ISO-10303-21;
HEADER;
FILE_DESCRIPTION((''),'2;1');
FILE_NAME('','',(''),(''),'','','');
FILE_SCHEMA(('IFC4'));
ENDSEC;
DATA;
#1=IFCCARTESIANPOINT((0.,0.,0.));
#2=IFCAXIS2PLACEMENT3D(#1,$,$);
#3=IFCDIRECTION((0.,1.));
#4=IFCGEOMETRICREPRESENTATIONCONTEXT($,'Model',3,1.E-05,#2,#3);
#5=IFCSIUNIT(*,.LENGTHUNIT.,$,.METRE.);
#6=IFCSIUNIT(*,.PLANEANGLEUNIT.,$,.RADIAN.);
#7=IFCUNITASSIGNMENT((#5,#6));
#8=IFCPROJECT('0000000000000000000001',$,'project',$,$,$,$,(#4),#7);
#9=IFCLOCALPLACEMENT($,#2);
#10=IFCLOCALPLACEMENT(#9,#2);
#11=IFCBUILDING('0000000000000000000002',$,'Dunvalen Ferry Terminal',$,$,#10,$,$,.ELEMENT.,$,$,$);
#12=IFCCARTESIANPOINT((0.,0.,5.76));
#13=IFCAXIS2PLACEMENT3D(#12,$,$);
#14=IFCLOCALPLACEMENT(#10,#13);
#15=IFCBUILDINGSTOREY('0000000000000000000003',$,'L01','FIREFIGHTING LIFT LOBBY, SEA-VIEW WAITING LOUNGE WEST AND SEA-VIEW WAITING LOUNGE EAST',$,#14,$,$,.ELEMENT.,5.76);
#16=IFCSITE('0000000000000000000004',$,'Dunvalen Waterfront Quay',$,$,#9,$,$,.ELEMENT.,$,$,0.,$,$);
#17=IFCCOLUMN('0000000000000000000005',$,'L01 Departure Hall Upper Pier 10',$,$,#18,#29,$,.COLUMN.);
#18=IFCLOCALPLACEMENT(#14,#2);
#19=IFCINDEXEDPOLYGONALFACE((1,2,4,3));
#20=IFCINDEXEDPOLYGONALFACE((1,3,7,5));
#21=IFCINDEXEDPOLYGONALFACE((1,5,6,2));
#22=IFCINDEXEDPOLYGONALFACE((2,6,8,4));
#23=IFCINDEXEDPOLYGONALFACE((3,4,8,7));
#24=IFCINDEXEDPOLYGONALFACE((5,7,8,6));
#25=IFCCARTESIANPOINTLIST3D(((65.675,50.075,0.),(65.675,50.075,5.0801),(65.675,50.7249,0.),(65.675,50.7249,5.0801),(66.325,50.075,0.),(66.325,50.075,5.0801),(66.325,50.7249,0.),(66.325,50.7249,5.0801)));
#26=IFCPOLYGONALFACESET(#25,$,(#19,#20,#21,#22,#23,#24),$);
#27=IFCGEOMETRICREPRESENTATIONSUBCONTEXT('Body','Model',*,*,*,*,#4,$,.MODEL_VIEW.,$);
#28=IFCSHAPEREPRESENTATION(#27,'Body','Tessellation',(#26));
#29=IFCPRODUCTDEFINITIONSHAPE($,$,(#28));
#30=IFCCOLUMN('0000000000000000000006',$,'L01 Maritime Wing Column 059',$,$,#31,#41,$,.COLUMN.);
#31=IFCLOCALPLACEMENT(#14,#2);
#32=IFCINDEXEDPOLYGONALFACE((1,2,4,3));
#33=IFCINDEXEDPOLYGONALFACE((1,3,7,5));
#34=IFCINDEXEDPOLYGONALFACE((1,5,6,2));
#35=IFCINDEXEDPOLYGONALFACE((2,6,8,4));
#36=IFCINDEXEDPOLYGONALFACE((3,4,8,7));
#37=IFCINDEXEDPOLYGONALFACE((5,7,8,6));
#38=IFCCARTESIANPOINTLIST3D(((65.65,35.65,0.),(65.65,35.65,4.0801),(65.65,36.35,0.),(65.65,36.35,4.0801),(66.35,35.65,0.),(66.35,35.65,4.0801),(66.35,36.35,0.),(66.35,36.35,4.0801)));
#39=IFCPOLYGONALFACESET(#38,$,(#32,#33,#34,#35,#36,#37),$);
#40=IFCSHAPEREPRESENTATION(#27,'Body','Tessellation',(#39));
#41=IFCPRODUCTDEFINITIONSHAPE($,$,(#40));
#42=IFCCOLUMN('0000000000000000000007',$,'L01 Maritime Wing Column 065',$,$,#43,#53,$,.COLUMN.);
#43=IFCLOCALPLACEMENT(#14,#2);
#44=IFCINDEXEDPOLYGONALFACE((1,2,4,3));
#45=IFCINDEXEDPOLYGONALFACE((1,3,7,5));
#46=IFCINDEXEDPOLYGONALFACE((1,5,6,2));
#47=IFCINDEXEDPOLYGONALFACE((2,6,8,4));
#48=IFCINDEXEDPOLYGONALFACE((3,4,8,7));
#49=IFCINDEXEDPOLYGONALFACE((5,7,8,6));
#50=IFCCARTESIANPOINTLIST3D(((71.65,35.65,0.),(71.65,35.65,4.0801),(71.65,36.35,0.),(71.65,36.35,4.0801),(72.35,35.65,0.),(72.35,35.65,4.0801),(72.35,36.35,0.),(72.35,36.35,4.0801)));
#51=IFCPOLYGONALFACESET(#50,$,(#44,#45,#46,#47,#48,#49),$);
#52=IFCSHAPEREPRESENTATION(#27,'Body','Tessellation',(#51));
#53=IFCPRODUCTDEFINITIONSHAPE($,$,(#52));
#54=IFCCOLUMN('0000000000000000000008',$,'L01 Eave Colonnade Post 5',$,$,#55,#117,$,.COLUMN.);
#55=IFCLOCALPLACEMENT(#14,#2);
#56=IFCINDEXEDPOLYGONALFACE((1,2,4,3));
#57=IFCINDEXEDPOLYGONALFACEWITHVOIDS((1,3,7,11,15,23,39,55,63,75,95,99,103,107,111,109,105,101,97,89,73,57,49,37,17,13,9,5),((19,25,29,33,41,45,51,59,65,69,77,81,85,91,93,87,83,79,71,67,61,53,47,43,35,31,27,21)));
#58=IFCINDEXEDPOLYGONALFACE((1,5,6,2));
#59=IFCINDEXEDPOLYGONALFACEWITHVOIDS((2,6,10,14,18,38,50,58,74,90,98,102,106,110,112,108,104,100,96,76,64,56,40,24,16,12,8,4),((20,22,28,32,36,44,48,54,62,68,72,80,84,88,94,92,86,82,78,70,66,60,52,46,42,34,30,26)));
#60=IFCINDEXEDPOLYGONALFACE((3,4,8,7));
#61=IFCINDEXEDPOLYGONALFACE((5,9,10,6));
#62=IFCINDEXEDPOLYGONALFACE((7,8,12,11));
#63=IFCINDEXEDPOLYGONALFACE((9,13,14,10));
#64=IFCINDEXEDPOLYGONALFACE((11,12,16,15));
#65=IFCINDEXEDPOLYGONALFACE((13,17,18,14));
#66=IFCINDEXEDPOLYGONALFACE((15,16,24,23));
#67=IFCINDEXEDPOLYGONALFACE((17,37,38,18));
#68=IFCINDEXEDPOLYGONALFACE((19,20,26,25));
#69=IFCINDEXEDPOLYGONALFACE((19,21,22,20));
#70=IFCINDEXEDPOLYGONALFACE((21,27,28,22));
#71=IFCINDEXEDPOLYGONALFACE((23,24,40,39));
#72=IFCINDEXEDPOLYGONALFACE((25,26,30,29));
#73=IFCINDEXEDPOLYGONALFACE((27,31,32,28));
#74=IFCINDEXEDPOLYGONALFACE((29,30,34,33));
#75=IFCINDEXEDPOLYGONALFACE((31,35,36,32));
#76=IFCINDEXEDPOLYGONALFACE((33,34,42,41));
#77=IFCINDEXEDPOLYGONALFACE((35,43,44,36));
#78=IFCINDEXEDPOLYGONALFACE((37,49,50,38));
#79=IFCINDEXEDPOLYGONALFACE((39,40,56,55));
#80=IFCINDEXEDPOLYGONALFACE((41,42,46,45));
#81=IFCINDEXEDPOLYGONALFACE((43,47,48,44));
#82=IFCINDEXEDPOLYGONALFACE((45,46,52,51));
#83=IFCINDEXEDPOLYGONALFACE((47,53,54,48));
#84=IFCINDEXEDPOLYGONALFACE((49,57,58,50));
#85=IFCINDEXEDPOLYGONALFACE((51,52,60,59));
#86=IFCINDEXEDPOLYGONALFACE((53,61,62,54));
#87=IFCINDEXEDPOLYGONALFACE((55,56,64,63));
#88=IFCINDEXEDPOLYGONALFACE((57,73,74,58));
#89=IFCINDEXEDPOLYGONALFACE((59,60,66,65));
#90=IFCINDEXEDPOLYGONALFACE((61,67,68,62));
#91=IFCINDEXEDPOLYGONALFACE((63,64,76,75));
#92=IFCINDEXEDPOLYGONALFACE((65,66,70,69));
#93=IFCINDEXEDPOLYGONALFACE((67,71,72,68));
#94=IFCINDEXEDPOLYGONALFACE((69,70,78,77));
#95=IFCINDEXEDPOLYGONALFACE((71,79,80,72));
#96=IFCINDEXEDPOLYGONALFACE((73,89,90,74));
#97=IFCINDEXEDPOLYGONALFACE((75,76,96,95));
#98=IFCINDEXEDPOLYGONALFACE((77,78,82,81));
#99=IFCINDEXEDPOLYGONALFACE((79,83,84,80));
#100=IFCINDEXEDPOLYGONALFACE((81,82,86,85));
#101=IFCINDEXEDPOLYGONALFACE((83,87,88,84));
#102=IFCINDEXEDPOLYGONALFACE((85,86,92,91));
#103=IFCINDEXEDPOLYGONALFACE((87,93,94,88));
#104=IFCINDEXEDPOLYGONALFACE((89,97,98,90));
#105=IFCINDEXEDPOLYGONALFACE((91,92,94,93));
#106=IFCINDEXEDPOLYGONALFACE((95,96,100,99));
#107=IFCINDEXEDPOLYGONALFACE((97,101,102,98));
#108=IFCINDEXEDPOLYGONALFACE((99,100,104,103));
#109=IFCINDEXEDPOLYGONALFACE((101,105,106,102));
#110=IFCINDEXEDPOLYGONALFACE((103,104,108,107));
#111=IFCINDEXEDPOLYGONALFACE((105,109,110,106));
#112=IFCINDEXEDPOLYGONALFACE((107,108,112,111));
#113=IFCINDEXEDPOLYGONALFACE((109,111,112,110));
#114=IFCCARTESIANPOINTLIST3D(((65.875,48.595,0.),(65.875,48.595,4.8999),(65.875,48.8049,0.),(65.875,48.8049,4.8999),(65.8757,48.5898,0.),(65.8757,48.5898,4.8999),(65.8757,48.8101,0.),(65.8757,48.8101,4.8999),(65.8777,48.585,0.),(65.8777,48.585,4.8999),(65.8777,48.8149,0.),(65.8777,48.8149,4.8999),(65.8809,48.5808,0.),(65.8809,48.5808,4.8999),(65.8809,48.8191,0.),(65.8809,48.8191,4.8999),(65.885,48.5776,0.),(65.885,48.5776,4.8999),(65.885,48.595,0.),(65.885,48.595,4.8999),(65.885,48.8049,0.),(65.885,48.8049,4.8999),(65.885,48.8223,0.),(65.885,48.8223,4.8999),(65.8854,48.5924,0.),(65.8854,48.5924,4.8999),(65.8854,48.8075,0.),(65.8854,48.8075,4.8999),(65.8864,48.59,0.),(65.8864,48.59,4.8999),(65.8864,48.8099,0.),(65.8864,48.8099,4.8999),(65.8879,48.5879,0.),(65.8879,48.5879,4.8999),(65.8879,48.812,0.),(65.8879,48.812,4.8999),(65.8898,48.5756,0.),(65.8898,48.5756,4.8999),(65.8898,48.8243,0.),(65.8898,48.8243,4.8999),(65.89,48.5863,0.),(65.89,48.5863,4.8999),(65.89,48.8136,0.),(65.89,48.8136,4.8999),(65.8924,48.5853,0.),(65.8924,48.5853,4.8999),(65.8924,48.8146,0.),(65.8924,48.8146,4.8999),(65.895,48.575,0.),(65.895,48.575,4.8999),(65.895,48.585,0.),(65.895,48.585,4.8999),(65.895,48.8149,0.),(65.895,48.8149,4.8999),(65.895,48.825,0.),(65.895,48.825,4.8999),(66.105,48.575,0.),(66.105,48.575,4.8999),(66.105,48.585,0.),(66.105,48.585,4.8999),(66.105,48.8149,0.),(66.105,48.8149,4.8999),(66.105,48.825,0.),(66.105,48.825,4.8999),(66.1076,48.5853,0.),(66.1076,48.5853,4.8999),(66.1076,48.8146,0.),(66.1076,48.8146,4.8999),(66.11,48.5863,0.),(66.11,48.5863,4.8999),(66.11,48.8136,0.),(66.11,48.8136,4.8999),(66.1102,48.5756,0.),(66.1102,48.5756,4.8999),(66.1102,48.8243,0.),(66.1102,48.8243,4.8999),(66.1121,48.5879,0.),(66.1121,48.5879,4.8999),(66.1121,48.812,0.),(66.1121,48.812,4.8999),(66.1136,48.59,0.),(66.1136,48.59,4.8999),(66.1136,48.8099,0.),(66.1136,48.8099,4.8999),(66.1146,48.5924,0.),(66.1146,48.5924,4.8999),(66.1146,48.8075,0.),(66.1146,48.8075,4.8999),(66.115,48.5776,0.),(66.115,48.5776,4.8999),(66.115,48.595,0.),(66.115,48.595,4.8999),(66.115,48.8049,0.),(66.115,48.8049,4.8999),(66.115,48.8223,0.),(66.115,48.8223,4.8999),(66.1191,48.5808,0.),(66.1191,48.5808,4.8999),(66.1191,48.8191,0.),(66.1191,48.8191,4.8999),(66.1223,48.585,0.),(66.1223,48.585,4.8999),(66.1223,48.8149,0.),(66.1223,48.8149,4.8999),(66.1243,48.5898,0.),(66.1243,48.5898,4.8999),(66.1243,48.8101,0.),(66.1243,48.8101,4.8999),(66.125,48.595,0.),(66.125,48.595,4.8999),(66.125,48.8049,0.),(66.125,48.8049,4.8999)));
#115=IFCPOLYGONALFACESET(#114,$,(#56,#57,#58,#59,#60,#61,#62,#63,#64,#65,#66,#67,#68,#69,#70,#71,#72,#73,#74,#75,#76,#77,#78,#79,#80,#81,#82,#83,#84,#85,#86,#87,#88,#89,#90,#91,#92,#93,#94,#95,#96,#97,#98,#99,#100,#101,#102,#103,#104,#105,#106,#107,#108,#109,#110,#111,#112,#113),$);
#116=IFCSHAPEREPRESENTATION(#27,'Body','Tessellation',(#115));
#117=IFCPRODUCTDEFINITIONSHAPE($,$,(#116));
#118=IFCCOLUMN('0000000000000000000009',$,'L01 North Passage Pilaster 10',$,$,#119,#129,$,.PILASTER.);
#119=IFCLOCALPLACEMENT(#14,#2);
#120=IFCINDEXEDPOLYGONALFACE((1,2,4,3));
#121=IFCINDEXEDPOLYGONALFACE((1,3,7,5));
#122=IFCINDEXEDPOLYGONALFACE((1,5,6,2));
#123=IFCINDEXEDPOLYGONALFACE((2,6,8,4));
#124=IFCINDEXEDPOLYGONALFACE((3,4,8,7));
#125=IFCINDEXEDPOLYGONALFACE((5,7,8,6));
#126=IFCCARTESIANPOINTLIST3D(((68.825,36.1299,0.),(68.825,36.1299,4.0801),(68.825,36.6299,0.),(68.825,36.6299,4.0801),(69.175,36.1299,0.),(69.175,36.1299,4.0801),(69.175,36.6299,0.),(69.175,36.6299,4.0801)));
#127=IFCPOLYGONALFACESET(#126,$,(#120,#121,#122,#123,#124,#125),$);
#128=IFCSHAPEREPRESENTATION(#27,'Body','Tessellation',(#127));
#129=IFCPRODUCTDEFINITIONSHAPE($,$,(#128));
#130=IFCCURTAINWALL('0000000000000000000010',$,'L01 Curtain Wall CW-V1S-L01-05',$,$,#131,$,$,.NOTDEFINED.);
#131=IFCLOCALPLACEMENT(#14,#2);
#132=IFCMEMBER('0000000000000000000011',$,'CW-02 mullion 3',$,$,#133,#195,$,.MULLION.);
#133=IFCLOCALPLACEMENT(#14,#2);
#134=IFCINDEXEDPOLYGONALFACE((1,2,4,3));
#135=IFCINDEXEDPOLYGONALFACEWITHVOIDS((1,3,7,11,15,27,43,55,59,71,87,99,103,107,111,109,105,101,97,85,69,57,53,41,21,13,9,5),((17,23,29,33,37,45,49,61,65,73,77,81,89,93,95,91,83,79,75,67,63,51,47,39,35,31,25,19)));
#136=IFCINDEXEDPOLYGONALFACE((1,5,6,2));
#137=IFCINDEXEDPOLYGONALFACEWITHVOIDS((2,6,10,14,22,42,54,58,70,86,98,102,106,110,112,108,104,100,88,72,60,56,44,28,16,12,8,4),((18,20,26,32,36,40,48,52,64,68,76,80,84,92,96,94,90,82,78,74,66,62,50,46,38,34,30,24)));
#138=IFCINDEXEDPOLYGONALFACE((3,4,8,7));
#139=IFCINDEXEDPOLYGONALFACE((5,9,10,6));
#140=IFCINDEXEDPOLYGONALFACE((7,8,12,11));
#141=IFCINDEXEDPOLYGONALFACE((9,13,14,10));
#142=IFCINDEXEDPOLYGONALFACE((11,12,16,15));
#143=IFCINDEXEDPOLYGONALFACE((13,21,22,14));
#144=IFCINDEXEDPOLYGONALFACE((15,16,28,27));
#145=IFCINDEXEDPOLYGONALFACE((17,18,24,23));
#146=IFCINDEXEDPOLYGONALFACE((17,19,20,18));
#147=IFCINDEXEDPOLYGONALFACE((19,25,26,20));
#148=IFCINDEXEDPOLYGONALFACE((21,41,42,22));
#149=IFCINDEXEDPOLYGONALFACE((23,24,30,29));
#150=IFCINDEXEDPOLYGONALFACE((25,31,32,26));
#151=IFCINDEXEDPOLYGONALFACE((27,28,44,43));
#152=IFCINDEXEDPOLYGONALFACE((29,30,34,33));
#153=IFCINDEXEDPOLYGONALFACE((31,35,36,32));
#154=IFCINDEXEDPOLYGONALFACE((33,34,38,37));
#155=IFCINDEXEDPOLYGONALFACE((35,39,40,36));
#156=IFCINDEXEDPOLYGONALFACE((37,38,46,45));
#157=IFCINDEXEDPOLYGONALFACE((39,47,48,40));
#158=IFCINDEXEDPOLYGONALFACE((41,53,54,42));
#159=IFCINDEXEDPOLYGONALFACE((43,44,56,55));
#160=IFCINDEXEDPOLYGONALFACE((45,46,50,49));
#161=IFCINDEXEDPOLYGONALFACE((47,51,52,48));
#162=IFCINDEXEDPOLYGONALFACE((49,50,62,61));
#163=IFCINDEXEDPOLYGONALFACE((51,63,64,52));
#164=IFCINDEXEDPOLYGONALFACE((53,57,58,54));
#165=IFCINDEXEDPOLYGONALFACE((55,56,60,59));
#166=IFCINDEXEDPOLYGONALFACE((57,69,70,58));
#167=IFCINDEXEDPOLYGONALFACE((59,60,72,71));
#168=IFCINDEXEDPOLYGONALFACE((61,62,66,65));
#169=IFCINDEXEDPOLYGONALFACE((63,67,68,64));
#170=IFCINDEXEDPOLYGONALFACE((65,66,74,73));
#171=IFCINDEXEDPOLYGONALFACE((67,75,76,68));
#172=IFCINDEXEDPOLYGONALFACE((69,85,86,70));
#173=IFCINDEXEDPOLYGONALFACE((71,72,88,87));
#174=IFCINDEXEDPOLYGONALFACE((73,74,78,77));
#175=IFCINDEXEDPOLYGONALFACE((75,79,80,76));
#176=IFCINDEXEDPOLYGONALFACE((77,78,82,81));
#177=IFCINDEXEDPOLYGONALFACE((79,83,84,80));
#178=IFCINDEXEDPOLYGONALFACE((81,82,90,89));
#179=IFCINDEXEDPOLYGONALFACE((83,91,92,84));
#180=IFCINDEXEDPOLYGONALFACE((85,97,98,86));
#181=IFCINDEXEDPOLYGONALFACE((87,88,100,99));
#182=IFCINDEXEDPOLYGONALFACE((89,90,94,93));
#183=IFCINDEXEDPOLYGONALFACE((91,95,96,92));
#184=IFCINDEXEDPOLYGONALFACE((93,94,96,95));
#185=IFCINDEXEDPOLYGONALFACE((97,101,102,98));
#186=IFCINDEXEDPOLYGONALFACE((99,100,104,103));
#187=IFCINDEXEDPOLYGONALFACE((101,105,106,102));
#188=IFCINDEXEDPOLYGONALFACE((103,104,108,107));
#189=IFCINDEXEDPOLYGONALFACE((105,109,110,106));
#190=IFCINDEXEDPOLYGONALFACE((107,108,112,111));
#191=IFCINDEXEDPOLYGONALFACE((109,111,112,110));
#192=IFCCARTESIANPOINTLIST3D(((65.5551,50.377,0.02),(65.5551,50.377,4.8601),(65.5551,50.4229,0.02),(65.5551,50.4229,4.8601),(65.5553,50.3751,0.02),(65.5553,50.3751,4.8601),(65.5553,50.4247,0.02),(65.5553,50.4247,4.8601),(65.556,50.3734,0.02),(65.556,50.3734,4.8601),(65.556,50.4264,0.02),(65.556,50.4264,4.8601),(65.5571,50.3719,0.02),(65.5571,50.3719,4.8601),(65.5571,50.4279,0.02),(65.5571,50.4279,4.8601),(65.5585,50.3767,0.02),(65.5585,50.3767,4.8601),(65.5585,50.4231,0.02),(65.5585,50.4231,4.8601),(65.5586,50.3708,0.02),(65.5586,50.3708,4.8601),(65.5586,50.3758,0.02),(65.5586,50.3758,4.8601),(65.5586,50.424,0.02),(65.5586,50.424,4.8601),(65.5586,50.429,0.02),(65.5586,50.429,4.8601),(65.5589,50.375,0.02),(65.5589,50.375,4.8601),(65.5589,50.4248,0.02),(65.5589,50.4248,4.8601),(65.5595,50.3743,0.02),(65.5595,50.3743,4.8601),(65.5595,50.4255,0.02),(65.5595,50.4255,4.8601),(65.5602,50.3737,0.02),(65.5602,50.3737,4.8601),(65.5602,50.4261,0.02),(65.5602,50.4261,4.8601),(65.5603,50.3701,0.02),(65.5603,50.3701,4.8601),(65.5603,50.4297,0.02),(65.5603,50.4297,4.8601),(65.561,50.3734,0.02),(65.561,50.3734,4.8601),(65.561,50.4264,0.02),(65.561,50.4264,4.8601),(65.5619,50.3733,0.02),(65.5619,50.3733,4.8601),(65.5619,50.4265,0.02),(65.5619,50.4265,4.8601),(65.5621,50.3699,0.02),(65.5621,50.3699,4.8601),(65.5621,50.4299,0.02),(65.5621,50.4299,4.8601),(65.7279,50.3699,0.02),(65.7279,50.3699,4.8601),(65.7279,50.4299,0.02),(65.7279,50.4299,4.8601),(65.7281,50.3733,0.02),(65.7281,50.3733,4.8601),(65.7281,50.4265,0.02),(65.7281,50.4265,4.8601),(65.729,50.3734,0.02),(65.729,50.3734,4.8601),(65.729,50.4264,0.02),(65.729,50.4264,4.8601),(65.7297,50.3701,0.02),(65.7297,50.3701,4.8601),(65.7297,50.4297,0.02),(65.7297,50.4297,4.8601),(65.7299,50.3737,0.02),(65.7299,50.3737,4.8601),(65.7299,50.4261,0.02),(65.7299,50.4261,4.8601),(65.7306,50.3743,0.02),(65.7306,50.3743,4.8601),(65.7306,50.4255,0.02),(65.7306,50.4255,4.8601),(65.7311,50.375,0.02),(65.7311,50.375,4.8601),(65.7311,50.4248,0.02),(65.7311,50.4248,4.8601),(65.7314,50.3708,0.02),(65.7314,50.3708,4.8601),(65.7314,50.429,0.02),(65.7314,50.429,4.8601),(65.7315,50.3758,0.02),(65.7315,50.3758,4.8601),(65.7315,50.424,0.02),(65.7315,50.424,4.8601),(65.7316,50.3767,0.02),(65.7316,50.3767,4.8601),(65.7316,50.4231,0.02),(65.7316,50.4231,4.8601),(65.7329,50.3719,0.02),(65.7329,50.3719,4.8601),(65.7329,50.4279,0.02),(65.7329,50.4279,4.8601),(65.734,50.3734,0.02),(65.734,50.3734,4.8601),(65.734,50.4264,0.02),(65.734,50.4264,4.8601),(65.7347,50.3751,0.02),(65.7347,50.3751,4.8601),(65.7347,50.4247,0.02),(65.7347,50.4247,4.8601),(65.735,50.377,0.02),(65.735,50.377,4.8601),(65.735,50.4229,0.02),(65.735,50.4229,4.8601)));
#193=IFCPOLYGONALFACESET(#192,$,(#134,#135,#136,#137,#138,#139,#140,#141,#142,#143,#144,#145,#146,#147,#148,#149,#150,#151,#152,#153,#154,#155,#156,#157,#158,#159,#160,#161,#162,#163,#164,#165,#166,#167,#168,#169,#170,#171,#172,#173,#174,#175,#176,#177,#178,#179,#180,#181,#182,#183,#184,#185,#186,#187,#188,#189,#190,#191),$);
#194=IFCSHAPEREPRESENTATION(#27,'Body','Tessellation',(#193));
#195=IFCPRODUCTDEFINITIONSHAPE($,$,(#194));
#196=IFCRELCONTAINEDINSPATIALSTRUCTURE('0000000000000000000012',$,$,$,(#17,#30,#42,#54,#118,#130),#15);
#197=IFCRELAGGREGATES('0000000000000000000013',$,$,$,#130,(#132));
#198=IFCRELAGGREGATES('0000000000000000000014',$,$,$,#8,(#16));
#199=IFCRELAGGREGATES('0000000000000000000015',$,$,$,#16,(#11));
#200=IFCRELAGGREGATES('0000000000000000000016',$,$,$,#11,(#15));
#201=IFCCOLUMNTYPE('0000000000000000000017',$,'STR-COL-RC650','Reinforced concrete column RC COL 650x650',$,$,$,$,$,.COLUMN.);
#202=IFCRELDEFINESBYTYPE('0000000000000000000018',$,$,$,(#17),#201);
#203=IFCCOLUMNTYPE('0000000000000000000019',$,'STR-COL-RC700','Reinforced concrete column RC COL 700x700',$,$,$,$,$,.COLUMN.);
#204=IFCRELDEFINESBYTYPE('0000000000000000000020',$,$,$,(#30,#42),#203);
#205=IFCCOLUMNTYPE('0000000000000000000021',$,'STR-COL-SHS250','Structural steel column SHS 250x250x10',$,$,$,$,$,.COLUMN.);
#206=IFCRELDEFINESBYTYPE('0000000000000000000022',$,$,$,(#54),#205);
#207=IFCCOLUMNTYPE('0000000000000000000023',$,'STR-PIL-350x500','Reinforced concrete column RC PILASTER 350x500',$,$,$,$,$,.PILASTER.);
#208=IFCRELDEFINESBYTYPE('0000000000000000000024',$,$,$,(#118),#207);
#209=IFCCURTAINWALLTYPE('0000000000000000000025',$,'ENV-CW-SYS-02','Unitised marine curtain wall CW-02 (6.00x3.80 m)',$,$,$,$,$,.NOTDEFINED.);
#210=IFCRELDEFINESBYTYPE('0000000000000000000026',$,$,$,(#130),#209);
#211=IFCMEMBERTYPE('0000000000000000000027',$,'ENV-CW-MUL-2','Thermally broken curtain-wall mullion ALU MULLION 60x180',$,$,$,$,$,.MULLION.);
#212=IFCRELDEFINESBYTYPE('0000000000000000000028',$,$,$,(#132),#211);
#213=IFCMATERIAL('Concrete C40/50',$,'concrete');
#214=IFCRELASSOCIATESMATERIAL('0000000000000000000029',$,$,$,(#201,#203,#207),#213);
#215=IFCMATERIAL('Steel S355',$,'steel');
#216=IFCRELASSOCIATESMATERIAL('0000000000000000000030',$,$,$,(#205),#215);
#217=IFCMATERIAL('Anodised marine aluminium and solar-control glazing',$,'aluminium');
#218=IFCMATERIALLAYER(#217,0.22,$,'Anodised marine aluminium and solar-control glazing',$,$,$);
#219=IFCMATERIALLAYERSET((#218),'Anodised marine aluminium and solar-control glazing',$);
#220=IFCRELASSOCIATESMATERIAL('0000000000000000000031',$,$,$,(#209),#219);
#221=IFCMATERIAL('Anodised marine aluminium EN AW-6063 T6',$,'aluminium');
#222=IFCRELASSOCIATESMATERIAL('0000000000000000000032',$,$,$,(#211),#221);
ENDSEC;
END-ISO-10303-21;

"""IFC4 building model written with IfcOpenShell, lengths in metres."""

from ifc_helpers import new_model, si_unit, direction, frame, origin, origin_2d, place, context, subcontext, project, spatial, rectangle, hollow_rectangle, extrude, material, layer, layer_set, material_profile, profile_set, type_object, element, aggregate, save


model = new_model("IFC4")

# Units and contexts
model_context = context("Model", 3, precision=1e-05, world=origin(), true_north=direction((0.0, 1.0)))
body_context = subcontext(model_context, "Body", "Model", "MODEL_VIEW")
ifc_project = project(units=[si_unit("LENGTHUNIT", "METRE"), si_unit("PLANEANGLEUNIT", "RADIAN")], contexts=[model_context])

# Site, building, storey
site_placement = place(None, origin())
site = spatial("IfcSite", under=ifc_project, at=site_placement, Name="Dunvalen Waterfront Quay", CompositionType="ELEMENT", RefElevation=0.0)
building_placement = place(site_placement, origin())
building = spatial("IfcBuilding", under=site, at=building_placement, Name="Dunvalen Ferry Terminal", CompositionType="ELEMENT")
storey_placement = place(building_placement, frame((0.0, 0.0, 5.76)))
storey = spatial("IfcBuildingStorey", under=building, at=storey_placement, Name="L01", Description="FIREFIGHTING LIFT LOBBY, SEA-VIEW WAITING LOUNGE WEST AND SEA-VIEW WAITING LOUNGE EAST", CompositionType="ELEMENT", Elevation=5.76)

# Columns
ifc_material_1 = material(Name="Concrete C40/50", Category="concrete")
ifc_material_profile_1 = material_profile(ifc_material_1, rectangle(XDim=0.6499, YDim=0.6499, at=origin_2d()), Name="Concrete C40/50")
ifc_profile_set_1 = profile_set([ifc_material_profile_1], Name="Concrete C40/50")
column_type_1 = type_object("IfcColumnType", Name="STR-COL-RC650", Description="Reinforced concrete column RC COL 650x650", PredefinedType="COLUMN", material=ifc_profile_set_1)
column_1_placement = place(storey_placement, frame((66.0, 50.3999, 0.0), z_axis=(0.0, 0.0, 1.0), x_axis=(1.0, 0.0, 0.0)))
element("IfcColumn", 1, at=column_1_placement, inside=storey, type_object=column_type_1, Name="L01 Departure Hall Upper Pier 10", PredefinedType="COLUMN", context=body_context, shape_type="SweptSolid", body=[
    extrude(rectangle(XDim=0.6499, YDim=0.6499, at=origin_2d()), origin(), (0.0, 0.0, 1.0), 5.0801),
])
ifc_material_profile_2 = material_profile(ifc_material_1, rectangle(XDim=0.7, YDim=0.7, at=origin_2d()), Name="Concrete C40/50")
ifc_profile_set_2 = profile_set([ifc_material_profile_2], Name="Concrete C40/50")
column_type_2 = type_object("IfcColumnType", Name="STR-COL-RC700", Description="Reinforced concrete column RC COL 700x700", PredefinedType="COLUMN", material=ifc_profile_set_2)
for number, where, z_axis, x_axis, name in (
    (2, (66.0, 36.0, 0.0), (0.0, 0.0, 1.0), (1.0, 0.0, 0.0), "L01 Maritime Wing Column 059"),
    (3, (72.0, 36.0, 0.0), (0.0, 0.0, 1.0), (1.0, 0.0, 0.0), "L01 Maritime Wing Column 065"),
):
    element("IfcColumn", number, at=place(storey_placement, frame(where, z_axis=z_axis, x_axis=x_axis)), inside=storey, type_object=column_type_2, Name=name, PredefinedType="COLUMN", context=body_context, shape_type="SweptSolid", body=[
        extrude(rectangle(XDim=0.7, YDim=0.7, at=origin_2d()), origin(), (0.0, 0.0, 1.0), 4.0801),
    ])
ifc_material_2 = material(Name="Steel S355", Category="steel")
ifc_material_profile_3 = material_profile(ifc_material_2, hollow_rectangle(XDim=0.25, YDim=0.25, WallThickness=0.01, InnerFilletRadius=0.01, OuterFilletRadius=0.02, at=origin_2d()), Name="Steel S355")
ifc_profile_set_3 = profile_set([ifc_material_profile_3], Name="Steel S355")
column_type_3 = type_object("IfcColumnType", Name="STR-COL-SHS250", Description="Structural steel column SHS 250x250x10", PredefinedType="COLUMN", material=ifc_profile_set_3)
column_2_placement = place(storey_placement, frame((66.0, 48.7, 0.0), z_axis=(0.0, 0.0, 1.0), x_axis=(1.0, 0.0, 0.0)))
element("IfcColumn", 4, at=column_2_placement, inside=storey, type_object=column_type_3, Name="L01 Eave Colonnade Post 5", PredefinedType="COLUMN", context=body_context, shape_type="SweptSolid", body=[
    extrude(hollow_rectangle(XDim=0.25, YDim=0.25, WallThickness=0.01, InnerFilletRadius=0.01, OuterFilletRadius=0.02, at=origin_2d()), origin(), (0.0, 0.0, 1.0), 4.8999),
])
ifc_material_profile_4 = material_profile(ifc_material_1, rectangle(XDim=0.3501, YDim=0.5, at=origin_2d()), Name="Concrete C40/50")
ifc_profile_set_4 = profile_set([ifc_material_profile_4], Name="Concrete C40/50")
column_type_4 = type_object("IfcColumnType", Name="STR-PIL-350x500", Description="Reinforced concrete column RC PILASTER 350x500", PredefinedType="PILASTER", material=ifc_profile_set_4)
column_3_placement = place(storey_placement, frame((69.0, 36.3799, 0.0), z_axis=(0.0, 0.0, 1.0), x_axis=(1.0, 0.0, 0.0)))
element("IfcColumn", 5, at=column_3_placement, inside=storey, type_object=column_type_4, Name="L01 North Passage Pilaster 10", PredefinedType="PILASTER", context=body_context, shape_type="SweptSolid", body=[
    extrude(rectangle(XDim=0.3501, YDim=0.5, at=origin_2d()), origin(), (0.0, 0.0, 1.0), 4.0801),
])

# Curtain wall, member
ifc_material_3 = material(Name="Anodised marine aluminium and solar-control glazing", Category="aluminium")
ifc_layer_1 = layer(ifc_material_3, 0.22, Name="Anodised marine aluminium and solar-control glazing")
ifc_layer_set_1 = layer_set([ifc_layer_1], Name="Anodised marine aluminium and solar-control glazing")
curtain_wall_type = type_object("IfcCurtainWallType", Name="ENV-CW-SYS-02", Description="Unitised marine curtain wall CW-02 (6.00x3.80 m)", PredefinedType="NOTDEFINED", material=ifc_layer_set_1)
curtain_wall_1_placement = place(storey_placement, origin())
curtain_wall_1 = element("IfcCurtainWall", 6, at=curtain_wall_1_placement, inside=storey, type_object=curtain_wall_type, Name="L01 Curtain Wall CW-V1S-L01-05", PredefinedType="NOTDEFINED")
ifc_material_4 = material(Name="Anodised marine aluminium EN AW-6063 T6", Category="aluminium")
ifc_material_profile_5 = material_profile(ifc_material_4, hollow_rectangle(XDim=0.0601, YDim=0.1799, WallThickness=0.0034, InnerFilletRadius=0.0034, OuterFilletRadius=0.0071, at=origin_2d()), Name="Anodised marine aluminium EN AW-6063 T6")
ifc_profile_set_5 = profile_set([ifc_material_profile_5], Name="Anodised marine aluminium EN AW-6063 T6")
member_type_1 = type_object("IfcMemberType", Name="ENV-CW-MUL-2", Description="Thermally broken curtain-wall mullion ALU MULLION 60x180", PredefinedType="MULLION", material=ifc_profile_set_5)
member_1_placement = place(storey_placement, frame((65.645, 50.3999, 0.02), z_axis=(0.0, 0.0, 1.0), x_axis=(0.0, 1.0, 0.0)))
member_1 = element("IfcMember", 7, at=member_1_placement, type_object=member_type_1, Name="CW-02 mullion 3", PredefinedType="MULLION", context=body_context, shape_type="SweptSolid", body=[
    extrude(hollow_rectangle(XDim=0.0601, YDim=0.1799, WallThickness=0.0034, InnerFilletRadius=0.0034, OuterFilletRadius=0.0071, at=origin_2d()), origin(), (0.0, 0.0, 1.0), 4.8401),
])

aggregate(curtain_wall_1, [member_1])

save(model, "model.ifc")
